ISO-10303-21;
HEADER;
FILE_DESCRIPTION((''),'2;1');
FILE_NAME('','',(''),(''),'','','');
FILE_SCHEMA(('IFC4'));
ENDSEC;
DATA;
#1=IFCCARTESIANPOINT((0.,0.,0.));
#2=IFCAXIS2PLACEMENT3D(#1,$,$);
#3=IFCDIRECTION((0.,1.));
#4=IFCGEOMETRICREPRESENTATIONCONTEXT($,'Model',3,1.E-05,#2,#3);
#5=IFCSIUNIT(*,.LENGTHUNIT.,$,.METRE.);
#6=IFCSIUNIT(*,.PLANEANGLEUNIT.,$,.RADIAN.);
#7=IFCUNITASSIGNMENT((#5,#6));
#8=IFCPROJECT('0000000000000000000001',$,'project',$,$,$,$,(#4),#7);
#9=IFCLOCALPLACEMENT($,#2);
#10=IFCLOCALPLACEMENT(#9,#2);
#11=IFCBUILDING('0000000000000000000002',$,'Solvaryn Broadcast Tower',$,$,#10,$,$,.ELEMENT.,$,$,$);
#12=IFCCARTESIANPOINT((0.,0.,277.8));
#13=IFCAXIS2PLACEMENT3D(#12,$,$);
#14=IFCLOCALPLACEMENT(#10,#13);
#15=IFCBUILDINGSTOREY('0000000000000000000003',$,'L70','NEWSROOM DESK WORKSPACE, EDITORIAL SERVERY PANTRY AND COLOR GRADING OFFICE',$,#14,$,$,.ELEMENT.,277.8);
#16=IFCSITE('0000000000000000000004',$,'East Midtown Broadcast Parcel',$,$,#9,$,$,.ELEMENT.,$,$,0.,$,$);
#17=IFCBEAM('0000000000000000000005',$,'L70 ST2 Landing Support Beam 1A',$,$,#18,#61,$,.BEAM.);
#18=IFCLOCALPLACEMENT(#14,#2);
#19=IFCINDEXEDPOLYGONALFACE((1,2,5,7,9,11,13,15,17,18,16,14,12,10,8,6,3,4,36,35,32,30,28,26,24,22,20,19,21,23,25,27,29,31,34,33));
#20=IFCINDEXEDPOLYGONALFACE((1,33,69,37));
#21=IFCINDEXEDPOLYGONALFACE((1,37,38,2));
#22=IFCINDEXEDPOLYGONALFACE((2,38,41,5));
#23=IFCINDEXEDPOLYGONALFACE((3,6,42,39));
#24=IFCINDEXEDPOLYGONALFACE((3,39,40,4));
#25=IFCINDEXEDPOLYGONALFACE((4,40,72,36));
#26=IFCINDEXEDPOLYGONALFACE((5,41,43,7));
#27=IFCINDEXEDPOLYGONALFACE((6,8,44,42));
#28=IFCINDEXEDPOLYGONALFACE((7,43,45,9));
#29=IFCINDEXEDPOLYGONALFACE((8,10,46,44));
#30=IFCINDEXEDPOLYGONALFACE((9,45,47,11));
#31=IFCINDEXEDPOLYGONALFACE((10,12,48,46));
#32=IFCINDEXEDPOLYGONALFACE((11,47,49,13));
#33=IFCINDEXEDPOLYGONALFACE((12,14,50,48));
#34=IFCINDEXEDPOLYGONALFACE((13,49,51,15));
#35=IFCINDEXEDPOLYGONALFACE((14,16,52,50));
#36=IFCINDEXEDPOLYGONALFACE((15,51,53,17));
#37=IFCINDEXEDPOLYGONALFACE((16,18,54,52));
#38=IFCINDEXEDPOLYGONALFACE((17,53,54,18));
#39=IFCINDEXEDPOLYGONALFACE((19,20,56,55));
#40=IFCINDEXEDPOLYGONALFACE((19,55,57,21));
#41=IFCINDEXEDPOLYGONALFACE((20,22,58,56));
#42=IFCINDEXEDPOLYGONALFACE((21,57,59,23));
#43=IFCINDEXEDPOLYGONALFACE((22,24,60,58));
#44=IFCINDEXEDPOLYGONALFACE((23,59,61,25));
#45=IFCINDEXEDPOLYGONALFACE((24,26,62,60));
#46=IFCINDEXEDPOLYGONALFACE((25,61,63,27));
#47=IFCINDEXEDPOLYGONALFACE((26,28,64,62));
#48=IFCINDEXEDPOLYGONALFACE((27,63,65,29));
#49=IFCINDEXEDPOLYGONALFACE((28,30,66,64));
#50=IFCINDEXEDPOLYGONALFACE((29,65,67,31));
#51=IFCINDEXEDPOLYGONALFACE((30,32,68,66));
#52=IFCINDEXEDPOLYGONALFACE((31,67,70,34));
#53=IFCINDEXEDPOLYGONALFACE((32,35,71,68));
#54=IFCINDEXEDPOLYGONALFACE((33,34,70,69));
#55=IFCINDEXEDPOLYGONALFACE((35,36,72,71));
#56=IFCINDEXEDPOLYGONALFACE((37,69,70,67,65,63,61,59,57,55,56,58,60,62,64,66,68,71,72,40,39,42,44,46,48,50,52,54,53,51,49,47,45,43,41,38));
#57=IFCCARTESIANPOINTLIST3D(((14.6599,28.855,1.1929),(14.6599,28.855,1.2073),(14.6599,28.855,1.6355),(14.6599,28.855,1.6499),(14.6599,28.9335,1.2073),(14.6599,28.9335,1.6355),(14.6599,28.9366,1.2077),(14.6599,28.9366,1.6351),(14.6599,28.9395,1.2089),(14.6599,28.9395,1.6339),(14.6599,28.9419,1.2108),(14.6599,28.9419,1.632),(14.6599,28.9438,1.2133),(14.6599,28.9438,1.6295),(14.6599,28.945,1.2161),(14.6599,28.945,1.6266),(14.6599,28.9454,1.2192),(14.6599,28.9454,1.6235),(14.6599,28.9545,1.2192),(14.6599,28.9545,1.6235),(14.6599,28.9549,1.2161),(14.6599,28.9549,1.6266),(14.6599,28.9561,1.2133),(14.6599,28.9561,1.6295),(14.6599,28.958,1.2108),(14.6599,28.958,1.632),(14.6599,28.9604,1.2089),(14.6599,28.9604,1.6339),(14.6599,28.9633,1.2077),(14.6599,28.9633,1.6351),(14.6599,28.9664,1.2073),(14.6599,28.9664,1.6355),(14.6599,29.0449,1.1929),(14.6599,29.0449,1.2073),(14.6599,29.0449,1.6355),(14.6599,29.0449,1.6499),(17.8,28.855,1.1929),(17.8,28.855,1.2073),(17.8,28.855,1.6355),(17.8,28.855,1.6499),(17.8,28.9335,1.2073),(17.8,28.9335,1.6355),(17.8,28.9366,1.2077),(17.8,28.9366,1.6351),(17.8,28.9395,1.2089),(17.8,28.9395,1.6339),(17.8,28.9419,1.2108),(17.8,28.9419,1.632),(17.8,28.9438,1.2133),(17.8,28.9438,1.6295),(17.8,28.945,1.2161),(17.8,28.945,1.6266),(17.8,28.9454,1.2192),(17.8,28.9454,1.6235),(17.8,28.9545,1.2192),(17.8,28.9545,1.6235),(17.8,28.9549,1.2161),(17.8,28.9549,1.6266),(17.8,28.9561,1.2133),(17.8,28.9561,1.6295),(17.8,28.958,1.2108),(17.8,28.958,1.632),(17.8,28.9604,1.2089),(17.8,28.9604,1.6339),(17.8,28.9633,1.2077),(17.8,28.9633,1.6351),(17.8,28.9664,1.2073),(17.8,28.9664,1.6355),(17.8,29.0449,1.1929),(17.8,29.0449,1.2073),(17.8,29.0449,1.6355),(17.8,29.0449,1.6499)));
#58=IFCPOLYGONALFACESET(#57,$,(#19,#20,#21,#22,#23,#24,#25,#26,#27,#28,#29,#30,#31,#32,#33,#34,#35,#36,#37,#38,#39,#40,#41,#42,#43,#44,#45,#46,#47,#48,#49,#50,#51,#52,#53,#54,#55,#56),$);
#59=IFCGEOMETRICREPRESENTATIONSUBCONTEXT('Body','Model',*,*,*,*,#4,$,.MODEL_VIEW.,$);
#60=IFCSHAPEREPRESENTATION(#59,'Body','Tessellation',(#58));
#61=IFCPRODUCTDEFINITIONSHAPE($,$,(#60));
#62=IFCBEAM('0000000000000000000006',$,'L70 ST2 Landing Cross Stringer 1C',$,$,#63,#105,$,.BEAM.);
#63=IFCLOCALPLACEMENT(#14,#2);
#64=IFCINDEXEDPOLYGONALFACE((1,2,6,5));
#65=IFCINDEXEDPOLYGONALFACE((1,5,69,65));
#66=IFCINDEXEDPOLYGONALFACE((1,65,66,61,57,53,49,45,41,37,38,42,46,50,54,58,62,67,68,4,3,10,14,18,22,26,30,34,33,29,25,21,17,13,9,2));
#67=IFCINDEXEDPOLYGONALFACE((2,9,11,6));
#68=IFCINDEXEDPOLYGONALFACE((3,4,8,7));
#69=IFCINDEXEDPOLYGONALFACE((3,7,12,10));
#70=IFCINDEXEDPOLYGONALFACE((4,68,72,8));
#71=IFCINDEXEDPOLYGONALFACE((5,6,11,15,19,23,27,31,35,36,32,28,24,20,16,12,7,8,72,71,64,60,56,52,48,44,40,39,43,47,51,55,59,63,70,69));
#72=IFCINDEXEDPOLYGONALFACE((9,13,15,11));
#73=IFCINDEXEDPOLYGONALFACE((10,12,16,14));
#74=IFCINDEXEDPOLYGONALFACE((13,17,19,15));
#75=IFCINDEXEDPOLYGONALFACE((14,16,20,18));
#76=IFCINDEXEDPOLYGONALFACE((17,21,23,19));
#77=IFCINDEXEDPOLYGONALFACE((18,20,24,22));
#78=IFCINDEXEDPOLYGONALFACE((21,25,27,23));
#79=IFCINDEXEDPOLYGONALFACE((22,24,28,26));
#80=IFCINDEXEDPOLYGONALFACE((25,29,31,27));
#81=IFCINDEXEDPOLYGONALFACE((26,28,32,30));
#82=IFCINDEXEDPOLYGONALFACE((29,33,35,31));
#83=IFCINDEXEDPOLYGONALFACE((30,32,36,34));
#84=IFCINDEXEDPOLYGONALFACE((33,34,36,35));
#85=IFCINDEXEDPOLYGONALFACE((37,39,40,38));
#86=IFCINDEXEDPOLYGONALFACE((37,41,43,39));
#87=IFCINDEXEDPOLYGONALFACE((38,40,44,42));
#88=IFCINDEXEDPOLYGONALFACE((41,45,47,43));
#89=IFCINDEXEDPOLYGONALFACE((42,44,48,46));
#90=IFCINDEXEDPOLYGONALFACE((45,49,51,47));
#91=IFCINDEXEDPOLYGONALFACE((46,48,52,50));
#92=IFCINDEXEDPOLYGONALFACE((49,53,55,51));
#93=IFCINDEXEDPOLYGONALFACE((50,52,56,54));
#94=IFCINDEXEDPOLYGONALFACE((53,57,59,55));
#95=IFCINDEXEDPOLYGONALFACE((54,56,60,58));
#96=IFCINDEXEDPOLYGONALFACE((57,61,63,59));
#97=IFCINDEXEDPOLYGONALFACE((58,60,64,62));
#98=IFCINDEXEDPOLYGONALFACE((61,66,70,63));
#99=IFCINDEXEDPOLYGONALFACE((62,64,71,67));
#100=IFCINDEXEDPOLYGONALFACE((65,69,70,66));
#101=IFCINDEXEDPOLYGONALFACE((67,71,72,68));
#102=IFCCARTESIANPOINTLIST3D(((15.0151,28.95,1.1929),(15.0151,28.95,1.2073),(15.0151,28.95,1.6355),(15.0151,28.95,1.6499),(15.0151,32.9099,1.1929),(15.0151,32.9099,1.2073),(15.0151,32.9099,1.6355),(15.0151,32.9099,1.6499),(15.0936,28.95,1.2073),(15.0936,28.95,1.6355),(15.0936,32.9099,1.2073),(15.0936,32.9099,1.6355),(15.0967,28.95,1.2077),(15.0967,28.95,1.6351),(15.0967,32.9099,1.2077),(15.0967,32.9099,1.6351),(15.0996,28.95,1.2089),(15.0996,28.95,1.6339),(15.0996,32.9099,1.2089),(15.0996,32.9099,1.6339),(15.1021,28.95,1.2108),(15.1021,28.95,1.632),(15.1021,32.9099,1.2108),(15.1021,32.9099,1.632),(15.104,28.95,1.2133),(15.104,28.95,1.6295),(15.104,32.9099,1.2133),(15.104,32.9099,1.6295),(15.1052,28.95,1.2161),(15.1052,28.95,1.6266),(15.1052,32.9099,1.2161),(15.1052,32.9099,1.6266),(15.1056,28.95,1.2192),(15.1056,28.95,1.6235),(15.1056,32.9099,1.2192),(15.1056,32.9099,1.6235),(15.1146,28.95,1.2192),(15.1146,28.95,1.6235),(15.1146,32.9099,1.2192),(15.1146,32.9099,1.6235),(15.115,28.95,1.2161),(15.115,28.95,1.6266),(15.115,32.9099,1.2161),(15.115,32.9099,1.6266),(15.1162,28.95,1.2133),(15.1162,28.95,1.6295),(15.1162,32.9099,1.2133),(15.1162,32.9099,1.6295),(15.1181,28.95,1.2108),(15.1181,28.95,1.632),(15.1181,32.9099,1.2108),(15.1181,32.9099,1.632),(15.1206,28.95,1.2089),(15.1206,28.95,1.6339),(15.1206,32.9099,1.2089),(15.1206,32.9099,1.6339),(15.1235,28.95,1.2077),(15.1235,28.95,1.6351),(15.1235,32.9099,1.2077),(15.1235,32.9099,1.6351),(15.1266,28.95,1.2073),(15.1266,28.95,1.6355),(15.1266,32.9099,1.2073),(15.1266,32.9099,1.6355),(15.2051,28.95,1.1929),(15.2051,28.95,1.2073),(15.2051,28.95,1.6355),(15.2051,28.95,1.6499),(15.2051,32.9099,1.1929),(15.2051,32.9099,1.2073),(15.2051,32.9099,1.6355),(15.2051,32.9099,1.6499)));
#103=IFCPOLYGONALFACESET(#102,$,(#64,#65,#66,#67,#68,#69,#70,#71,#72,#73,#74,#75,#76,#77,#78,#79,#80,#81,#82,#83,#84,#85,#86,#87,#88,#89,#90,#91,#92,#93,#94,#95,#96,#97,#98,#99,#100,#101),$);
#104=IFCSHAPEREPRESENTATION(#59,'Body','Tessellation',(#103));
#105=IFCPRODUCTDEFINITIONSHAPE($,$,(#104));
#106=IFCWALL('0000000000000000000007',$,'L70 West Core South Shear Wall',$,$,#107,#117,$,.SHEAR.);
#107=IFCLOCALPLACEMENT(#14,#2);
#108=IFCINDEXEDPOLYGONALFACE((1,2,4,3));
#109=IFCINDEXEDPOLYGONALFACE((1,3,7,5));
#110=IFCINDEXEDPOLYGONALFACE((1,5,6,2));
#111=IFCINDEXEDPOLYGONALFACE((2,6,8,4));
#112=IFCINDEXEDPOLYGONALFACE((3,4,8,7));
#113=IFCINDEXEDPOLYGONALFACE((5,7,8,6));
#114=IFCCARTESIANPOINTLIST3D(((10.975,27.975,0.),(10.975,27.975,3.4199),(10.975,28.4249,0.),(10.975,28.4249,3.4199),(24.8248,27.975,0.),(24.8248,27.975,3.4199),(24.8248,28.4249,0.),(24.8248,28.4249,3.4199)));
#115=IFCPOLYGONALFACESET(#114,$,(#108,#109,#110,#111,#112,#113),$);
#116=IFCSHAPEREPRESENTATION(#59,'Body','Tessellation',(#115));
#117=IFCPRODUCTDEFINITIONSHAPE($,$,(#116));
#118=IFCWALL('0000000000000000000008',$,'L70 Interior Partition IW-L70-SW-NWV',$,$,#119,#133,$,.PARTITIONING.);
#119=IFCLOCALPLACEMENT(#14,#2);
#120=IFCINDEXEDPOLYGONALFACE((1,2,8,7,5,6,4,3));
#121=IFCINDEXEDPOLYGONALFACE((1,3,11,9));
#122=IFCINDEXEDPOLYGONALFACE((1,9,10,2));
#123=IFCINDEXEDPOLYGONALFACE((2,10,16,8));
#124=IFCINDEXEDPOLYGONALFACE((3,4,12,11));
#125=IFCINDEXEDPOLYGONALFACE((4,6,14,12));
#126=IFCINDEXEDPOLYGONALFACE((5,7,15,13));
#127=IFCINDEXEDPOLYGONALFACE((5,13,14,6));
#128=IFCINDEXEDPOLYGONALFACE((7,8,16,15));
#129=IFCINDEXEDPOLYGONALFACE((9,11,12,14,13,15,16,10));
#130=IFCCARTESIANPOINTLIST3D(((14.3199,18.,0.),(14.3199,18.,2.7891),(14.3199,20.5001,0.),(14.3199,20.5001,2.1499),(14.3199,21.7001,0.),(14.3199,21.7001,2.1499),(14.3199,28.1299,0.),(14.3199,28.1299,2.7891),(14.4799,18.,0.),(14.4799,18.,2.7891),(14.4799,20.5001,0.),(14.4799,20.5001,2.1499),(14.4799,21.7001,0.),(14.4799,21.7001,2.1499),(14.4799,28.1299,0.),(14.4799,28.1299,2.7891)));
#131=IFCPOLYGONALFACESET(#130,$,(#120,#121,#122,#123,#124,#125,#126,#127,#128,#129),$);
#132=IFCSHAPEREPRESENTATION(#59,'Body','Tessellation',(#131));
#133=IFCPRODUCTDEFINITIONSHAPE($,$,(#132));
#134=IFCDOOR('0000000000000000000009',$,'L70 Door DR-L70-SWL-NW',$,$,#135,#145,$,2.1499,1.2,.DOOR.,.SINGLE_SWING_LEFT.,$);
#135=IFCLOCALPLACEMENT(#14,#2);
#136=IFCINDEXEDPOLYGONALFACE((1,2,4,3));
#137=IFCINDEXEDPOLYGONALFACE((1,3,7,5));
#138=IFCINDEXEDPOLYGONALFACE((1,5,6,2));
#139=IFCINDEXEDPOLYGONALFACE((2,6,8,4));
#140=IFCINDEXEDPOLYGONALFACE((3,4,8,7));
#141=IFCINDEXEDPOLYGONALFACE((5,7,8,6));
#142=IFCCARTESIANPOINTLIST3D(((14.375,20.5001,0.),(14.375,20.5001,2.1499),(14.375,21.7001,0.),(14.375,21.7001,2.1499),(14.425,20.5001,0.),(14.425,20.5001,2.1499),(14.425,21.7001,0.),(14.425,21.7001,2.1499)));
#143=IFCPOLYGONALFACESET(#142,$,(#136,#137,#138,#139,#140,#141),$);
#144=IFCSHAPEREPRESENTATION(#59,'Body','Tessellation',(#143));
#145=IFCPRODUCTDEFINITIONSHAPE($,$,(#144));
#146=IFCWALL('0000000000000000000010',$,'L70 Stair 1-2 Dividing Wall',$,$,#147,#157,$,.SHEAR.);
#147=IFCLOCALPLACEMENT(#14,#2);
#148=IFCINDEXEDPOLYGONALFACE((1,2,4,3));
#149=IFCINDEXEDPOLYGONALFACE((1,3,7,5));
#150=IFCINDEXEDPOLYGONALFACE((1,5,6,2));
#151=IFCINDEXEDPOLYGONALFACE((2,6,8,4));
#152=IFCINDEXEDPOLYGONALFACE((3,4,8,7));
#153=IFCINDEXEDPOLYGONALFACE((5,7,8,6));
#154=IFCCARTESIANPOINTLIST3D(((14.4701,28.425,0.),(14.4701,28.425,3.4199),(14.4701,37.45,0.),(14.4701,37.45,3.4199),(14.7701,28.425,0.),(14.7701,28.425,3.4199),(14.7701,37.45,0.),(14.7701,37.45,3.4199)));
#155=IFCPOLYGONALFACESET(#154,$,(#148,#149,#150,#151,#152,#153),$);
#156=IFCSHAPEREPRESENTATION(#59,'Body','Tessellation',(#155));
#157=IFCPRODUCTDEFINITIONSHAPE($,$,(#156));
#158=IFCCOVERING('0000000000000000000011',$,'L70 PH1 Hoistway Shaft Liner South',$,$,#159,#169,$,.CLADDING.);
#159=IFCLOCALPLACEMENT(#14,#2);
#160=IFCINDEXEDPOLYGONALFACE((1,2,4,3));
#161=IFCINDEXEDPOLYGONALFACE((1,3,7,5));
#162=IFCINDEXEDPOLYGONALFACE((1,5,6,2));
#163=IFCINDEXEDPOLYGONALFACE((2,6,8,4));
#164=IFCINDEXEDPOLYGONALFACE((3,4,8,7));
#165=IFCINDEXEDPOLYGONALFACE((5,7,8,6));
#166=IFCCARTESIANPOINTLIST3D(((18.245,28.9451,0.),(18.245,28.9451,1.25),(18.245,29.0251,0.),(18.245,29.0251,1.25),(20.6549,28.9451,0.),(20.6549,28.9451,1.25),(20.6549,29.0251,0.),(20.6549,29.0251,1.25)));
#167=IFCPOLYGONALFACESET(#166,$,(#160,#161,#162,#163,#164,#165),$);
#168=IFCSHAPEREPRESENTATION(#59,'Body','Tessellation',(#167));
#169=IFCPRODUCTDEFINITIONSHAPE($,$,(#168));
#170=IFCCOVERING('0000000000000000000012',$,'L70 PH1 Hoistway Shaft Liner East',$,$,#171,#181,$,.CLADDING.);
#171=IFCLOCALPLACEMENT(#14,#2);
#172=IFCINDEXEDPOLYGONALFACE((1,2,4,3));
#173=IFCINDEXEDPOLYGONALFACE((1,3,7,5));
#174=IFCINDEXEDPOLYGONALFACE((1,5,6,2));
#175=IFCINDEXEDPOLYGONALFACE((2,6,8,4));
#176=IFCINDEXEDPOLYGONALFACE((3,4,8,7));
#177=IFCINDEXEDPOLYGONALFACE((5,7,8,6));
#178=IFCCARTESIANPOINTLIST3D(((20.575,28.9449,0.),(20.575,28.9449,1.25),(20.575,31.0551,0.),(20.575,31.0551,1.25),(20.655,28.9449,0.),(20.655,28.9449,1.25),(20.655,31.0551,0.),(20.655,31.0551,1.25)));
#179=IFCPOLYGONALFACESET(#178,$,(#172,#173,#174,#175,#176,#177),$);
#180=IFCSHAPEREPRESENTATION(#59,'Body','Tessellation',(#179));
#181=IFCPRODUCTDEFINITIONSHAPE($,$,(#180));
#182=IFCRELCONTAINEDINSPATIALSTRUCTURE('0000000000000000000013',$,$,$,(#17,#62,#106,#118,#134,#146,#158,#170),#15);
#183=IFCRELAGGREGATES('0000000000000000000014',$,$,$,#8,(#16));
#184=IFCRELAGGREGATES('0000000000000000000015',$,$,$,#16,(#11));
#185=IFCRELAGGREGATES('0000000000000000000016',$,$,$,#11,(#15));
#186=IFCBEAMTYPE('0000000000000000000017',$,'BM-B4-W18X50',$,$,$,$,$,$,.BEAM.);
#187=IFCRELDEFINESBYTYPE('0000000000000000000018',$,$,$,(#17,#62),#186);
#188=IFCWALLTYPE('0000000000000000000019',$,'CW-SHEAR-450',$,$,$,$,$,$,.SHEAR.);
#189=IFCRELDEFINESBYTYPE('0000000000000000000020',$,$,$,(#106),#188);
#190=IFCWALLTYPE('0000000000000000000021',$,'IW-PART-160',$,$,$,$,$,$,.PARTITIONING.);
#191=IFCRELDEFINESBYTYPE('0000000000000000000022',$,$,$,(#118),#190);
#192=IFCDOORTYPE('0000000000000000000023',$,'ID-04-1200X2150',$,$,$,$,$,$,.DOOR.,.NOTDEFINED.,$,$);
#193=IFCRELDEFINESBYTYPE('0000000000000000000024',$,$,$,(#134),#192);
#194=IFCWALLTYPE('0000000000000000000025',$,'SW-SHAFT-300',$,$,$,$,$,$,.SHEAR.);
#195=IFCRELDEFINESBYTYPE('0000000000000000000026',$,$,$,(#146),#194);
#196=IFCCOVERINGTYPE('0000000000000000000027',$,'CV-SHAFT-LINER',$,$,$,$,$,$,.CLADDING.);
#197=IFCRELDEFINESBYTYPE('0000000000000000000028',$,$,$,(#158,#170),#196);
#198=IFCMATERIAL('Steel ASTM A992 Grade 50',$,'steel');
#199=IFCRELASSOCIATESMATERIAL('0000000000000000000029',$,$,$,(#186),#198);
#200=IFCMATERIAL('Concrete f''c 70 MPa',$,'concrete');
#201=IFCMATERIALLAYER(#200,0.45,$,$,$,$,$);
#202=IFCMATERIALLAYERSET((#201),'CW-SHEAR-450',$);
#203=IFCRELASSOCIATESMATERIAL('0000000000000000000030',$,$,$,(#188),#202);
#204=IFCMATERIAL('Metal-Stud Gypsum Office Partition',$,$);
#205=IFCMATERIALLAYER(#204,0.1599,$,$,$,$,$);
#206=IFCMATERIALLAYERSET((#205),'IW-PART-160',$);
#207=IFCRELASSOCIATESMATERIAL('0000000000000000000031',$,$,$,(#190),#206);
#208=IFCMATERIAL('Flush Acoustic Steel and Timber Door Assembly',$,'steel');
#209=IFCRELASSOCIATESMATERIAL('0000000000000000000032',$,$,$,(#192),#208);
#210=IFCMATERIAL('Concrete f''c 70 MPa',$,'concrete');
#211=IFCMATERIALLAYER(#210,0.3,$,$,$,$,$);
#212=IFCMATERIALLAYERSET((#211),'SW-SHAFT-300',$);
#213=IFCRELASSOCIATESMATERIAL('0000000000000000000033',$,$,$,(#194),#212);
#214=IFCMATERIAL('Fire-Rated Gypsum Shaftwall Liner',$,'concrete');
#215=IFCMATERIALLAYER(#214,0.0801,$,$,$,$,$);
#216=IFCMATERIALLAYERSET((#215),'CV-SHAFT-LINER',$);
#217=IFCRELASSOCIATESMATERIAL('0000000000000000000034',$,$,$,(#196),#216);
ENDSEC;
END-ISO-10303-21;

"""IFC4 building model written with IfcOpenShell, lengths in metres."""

from ifc_helpers import new_model, si_unit, direction, frame, frame_2d, origin, origin_2d, place, context, subcontext, project, spatial, rectangle, i_section, extrude, material, layer, layer_set, material_profile, profile_set, type_object, element, fill, save


model = new_model("IFC4")

# Units and contexts
model_context = context("Model", 3, precision=1e-05, world=origin(), true_north=direction((0.0, 1.0)))
body_context = subcontext(model_context, "Body", "Model", "MODEL_VIEW")
ifc_project = project(units=[si_unit("LENGTHUNIT", "METRE"), si_unit("PLANEANGLEUNIT", "RADIAN")], contexts=[model_context])

# Site, building, storey
site_placement = place(None, origin())
site = spatial("IfcSite", under=ifc_project, at=site_placement, Name="East Midtown Broadcast Parcel", CompositionType="ELEMENT", RefElevation=0.0)
building_placement = place(site_placement, origin())
building = spatial("IfcBuilding", under=site, at=building_placement, Name="Solvaryn Broadcast Tower", CompositionType="ELEMENT")
storey_placement = place(building_placement, frame((0.0, 0.0, 277.8)))
storey = spatial("IfcBuildingStorey", under=building, at=storey_placement, Name="L70", Description="NEWSROOM DESK WORKSPACE, EDITORIAL SERVERY PANTRY AND COLOR GRADING OFFICE", CompositionType="ELEMENT", Elevation=277.8)

# Beams
ifc_material_1 = material(Name="Steel ASTM A992 Grade 50", Category="steel")
ifc_material_profile_1 = material_profile(ifc_material_1, i_section(OverallWidth=0.1899, OverallDepth=0.457, WebThickness=0.009, FlangeThickness=0.0144, FilletRadius=0.012, at=origin_2d()))
ifc_profile_set_1 = profile_set([ifc_material_profile_1], Name="Steel ASTM A992 Grade 50")
beam_type_1 = type_object("IfcBeamType", Name="BM-B4-W18X50", PredefinedType="BEAM", material=ifc_profile_set_1)
beam_1_placement = place(storey_placement, frame((14.6599, 28.95, 1.4214), z_axis=(1.0, 0.0, 0.0), x_axis=(0.0, 1.0, 0.0)))
element("IfcBeam", 1, at=beam_1_placement, inside=storey, type_object=beam_type_1, Name="L70 ST2 Landing Support Beam 1A", PredefinedType="BEAM", context=body_context, shape_type="SweptSolid", body=[
    extrude(i_section(OverallWidth=0.1899, OverallDepth=0.457, WebThickness=0.009, FlangeThickness=0.0144, FilletRadius=0.012, at=origin_2d()), origin(), (0.0, 0.0, 1.0), 3.1401),
])
beam_2_placement = place(storey_placement, frame((15.1101, 28.95, 1.4214), z_axis=(0.0, 1.0, 0.0), x_axis=(-1.0, 0.0, 0.0)))
element("IfcBeam", 2, at=beam_2_placement, inside=storey, type_object=beam_type_1, Name="L70 ST2 Landing Cross Stringer 1C", PredefinedType="BEAM", context=body_context, shape_type="SweptSolid", body=[
    extrude(i_section(OverallWidth=0.1899, OverallDepth=0.457, WebThickness=0.009, FlangeThickness=0.0144, FilletRadius=0.012, at=origin_2d()), origin(), (0.0, 0.0, 1.0), 3.96),
])

# Wall
ifc_material_2 = material(Name="Concrete f'c 70 MPa", Category="concrete")
ifc_layer_1 = layer(ifc_material_2, 0.45)
ifc_layer_set_1 = layer_set([ifc_layer_1], Name="CW-SHEAR-450")
wall_type_1 = type_object("IfcWallType", Name="CW-SHEAR-450", PredefinedType="SHEAR", material=ifc_layer_set_1)
wall_1_placement = place(storey_placement, frame((10.9751, 28.2, 0.0), z_axis=(0.0, 0.0, 1.0), x_axis=(1.0, 0.0, 0.0)))
element("IfcWall", 3, at=wall_1_placement, inside=storey, type_object=wall_type_1, Name="L70 West Core South Shear Wall", PredefinedType="SHEAR", context=body_context, shape_type="SweptSolid", body=[
    extrude(rectangle(XDim=13.8499, YDim=0.45, at=frame_2d((6.9248, 0.0))), origin(), (0.0, 0.0, 1.0), 3.4199),
])

# Wall, opening, door
ifc_material_3 = material(Name="Metal-Stud Gypsum Office Partition")
ifc_layer_2 = layer(ifc_material_3, 0.1599)
ifc_layer_set_2 = layer_set([ifc_layer_2], Name="IW-PART-160")
wall_type_2 = type_object("IfcWallType", Name="IW-PART-160", PredefinedType="PARTITIONING", material=ifc_layer_set_2)
ifc_material_4 = material(Name="Flush Acoustic Steel and Timber Door Assembly", Category="steel")
door_type = type_object("IfcDoorType", Name="ID-04-1200X2150", OperationType="NOTDEFINED", PredefinedType="DOOR", material=ifc_material_4)
wall_2_placement = place(storey_placement, frame((14.3999, 18.0, 0.0), z_axis=(0.0, 0.0, 1.0), x_axis=(0.0, 1.0, 0.0)))
wall_2 = element("IfcWall", 4, at=wall_2_placement, inside=storey, type_object=wall_type_2, Name="L70 Interior Partition IW-L70-SW-NWV", PredefinedType="PARTITIONING", context=body_context, shape_type="SweptSolid", body=[
    extrude(rectangle(XDim=10.1299, YDim=0.1599, at=frame_2d((5.0649, 0.0))), origin(), (0.0, 0.0, 1.0), 2.7891),
])
opening_1_placement = place(wall_2_placement, frame((2.5, 0.0, 0.0)))
opening_1 = element("IfcOpeningElement", 5, at=opening_1_placement, cuts=wall_2, PredefinedType="OPENING", context=body_context, shape_type="SweptSolid", body=[
    extrude(rectangle(XDim=1.2, YDim=2.1499, at=frame_2d((0.6001, 1.075))), frame((0.0, 0.0901, 0.0), z_axis=(0.0, -1.0, 0.0), x_axis=(1.0, 0.0, 0.0)), (0.0, 0.0, 1.0), 0.1799),
])
door_1_placement = place(opening_1_placement, origin())
door_1 = element("IfcDoor", 6, at=door_1_placement, inside=storey, type_object=door_type, Name="L70 Door DR-L70-SWL-NW", OperationType="SINGLE_SWING_LEFT", OverallHeight=2.1499, OverallWidth=1.2, PredefinedType="DOOR", context=body_context, shape_type="SweptSolid", body=[
    extrude(rectangle(XDim=1.2, YDim=2.1499, at=frame_2d((0.6001, 1.075))), frame((0.0, 0.0249, 0.0), z_axis=(0.0, -1.0, 0.0), x_axis=(1.0, 0.0, 0.0)), (0.0, 0.0, 1.0), 0.05),
])
fill(opening_1, door_1)

# Wall
ifc_material_5 = material(Name="Concrete f'c 70 MPa", Category="concrete")
ifc_layer_3 = layer(ifc_material_5, 0.3)
ifc_layer_set_3 = layer_set([ifc_layer_3], Name="SW-SHAFT-300")
wall_type_3 = type_object("IfcWallType", Name="SW-SHAFT-300", PredefinedType="SHEAR", material=ifc_layer_set_3)
wall_3_placement = place(storey_placement, frame((14.6201, 28.425, 0.0), z_axis=(0.0, 0.0, 1.0), x_axis=(0.0, 1.0, 0.0)))
element("IfcWall", 7, at=wall_3_placement, inside=storey, type_object=wall_type_3, Name="L70 Stair 1-2 Dividing Wall", PredefinedType="SHEAR", context=body_context, shape_type="SweptSolid", body=[
    extrude(rectangle(XDim=9.0249, YDim=0.3, at=frame_2d((4.5125, 0.0))), origin(), (0.0, 0.0, 1.0), 3.4199),
])

# Coverings
ifc_material_6 = material(Name="Fire-Rated Gypsum Shaftwall Liner", Category="concrete")
ifc_layer_4 = layer(ifc_material_6, 0.0801)
ifc_layer_set_4 = layer_set([ifc_layer_4], Name="CV-SHAFT-LINER")
covering_type = type_object("IfcCoveringType", Name="CV-SHAFT-LINER", PredefinedType="CLADDING", material=ifc_layer_set_4)
covering_1_placement = place(storey_placement, frame((19.45, 28.9851, 0.0), z_axis=(0.0, 0.0, 1.0), x_axis=(1.0, 0.0, 0.0)))
element("IfcCovering", 8, at=covering_1_placement, inside=storey, type_object=covering_type, Name="L70 PH1 Hoistway Shaft Liner South", PredefinedType="CLADDING", context=body_context, shape_type="SweptSolid", body=[
    extrude(rectangle(XDim=2.4099, YDim=0.0801, at=origin_2d()), origin(), (0.0, 0.0, 1.0), 1.25),
])
for number, where, z_axis, x_axis, name in (
    (9, (20.615, 30.0, 0.0), (0.0, 0.0, 1.0), (1.0, 0.0, 0.0), "L70 PH1 Hoistway Shaft Liner East"),
):
    element("IfcCovering", number, at=place(storey_placement, frame(where, z_axis=z_axis, x_axis=x_axis)), inside=storey, type_object=covering_type, Name=name, PredefinedType="CLADDING", context=body_context, shape_type="SweptSolid", body=[
        extrude(rectangle(XDim=0.0801, YDim=2.1101, at=origin_2d()), origin(), (0.0, 0.0, 1.0), 1.25),
    ])

save(model, "model.ifc")
